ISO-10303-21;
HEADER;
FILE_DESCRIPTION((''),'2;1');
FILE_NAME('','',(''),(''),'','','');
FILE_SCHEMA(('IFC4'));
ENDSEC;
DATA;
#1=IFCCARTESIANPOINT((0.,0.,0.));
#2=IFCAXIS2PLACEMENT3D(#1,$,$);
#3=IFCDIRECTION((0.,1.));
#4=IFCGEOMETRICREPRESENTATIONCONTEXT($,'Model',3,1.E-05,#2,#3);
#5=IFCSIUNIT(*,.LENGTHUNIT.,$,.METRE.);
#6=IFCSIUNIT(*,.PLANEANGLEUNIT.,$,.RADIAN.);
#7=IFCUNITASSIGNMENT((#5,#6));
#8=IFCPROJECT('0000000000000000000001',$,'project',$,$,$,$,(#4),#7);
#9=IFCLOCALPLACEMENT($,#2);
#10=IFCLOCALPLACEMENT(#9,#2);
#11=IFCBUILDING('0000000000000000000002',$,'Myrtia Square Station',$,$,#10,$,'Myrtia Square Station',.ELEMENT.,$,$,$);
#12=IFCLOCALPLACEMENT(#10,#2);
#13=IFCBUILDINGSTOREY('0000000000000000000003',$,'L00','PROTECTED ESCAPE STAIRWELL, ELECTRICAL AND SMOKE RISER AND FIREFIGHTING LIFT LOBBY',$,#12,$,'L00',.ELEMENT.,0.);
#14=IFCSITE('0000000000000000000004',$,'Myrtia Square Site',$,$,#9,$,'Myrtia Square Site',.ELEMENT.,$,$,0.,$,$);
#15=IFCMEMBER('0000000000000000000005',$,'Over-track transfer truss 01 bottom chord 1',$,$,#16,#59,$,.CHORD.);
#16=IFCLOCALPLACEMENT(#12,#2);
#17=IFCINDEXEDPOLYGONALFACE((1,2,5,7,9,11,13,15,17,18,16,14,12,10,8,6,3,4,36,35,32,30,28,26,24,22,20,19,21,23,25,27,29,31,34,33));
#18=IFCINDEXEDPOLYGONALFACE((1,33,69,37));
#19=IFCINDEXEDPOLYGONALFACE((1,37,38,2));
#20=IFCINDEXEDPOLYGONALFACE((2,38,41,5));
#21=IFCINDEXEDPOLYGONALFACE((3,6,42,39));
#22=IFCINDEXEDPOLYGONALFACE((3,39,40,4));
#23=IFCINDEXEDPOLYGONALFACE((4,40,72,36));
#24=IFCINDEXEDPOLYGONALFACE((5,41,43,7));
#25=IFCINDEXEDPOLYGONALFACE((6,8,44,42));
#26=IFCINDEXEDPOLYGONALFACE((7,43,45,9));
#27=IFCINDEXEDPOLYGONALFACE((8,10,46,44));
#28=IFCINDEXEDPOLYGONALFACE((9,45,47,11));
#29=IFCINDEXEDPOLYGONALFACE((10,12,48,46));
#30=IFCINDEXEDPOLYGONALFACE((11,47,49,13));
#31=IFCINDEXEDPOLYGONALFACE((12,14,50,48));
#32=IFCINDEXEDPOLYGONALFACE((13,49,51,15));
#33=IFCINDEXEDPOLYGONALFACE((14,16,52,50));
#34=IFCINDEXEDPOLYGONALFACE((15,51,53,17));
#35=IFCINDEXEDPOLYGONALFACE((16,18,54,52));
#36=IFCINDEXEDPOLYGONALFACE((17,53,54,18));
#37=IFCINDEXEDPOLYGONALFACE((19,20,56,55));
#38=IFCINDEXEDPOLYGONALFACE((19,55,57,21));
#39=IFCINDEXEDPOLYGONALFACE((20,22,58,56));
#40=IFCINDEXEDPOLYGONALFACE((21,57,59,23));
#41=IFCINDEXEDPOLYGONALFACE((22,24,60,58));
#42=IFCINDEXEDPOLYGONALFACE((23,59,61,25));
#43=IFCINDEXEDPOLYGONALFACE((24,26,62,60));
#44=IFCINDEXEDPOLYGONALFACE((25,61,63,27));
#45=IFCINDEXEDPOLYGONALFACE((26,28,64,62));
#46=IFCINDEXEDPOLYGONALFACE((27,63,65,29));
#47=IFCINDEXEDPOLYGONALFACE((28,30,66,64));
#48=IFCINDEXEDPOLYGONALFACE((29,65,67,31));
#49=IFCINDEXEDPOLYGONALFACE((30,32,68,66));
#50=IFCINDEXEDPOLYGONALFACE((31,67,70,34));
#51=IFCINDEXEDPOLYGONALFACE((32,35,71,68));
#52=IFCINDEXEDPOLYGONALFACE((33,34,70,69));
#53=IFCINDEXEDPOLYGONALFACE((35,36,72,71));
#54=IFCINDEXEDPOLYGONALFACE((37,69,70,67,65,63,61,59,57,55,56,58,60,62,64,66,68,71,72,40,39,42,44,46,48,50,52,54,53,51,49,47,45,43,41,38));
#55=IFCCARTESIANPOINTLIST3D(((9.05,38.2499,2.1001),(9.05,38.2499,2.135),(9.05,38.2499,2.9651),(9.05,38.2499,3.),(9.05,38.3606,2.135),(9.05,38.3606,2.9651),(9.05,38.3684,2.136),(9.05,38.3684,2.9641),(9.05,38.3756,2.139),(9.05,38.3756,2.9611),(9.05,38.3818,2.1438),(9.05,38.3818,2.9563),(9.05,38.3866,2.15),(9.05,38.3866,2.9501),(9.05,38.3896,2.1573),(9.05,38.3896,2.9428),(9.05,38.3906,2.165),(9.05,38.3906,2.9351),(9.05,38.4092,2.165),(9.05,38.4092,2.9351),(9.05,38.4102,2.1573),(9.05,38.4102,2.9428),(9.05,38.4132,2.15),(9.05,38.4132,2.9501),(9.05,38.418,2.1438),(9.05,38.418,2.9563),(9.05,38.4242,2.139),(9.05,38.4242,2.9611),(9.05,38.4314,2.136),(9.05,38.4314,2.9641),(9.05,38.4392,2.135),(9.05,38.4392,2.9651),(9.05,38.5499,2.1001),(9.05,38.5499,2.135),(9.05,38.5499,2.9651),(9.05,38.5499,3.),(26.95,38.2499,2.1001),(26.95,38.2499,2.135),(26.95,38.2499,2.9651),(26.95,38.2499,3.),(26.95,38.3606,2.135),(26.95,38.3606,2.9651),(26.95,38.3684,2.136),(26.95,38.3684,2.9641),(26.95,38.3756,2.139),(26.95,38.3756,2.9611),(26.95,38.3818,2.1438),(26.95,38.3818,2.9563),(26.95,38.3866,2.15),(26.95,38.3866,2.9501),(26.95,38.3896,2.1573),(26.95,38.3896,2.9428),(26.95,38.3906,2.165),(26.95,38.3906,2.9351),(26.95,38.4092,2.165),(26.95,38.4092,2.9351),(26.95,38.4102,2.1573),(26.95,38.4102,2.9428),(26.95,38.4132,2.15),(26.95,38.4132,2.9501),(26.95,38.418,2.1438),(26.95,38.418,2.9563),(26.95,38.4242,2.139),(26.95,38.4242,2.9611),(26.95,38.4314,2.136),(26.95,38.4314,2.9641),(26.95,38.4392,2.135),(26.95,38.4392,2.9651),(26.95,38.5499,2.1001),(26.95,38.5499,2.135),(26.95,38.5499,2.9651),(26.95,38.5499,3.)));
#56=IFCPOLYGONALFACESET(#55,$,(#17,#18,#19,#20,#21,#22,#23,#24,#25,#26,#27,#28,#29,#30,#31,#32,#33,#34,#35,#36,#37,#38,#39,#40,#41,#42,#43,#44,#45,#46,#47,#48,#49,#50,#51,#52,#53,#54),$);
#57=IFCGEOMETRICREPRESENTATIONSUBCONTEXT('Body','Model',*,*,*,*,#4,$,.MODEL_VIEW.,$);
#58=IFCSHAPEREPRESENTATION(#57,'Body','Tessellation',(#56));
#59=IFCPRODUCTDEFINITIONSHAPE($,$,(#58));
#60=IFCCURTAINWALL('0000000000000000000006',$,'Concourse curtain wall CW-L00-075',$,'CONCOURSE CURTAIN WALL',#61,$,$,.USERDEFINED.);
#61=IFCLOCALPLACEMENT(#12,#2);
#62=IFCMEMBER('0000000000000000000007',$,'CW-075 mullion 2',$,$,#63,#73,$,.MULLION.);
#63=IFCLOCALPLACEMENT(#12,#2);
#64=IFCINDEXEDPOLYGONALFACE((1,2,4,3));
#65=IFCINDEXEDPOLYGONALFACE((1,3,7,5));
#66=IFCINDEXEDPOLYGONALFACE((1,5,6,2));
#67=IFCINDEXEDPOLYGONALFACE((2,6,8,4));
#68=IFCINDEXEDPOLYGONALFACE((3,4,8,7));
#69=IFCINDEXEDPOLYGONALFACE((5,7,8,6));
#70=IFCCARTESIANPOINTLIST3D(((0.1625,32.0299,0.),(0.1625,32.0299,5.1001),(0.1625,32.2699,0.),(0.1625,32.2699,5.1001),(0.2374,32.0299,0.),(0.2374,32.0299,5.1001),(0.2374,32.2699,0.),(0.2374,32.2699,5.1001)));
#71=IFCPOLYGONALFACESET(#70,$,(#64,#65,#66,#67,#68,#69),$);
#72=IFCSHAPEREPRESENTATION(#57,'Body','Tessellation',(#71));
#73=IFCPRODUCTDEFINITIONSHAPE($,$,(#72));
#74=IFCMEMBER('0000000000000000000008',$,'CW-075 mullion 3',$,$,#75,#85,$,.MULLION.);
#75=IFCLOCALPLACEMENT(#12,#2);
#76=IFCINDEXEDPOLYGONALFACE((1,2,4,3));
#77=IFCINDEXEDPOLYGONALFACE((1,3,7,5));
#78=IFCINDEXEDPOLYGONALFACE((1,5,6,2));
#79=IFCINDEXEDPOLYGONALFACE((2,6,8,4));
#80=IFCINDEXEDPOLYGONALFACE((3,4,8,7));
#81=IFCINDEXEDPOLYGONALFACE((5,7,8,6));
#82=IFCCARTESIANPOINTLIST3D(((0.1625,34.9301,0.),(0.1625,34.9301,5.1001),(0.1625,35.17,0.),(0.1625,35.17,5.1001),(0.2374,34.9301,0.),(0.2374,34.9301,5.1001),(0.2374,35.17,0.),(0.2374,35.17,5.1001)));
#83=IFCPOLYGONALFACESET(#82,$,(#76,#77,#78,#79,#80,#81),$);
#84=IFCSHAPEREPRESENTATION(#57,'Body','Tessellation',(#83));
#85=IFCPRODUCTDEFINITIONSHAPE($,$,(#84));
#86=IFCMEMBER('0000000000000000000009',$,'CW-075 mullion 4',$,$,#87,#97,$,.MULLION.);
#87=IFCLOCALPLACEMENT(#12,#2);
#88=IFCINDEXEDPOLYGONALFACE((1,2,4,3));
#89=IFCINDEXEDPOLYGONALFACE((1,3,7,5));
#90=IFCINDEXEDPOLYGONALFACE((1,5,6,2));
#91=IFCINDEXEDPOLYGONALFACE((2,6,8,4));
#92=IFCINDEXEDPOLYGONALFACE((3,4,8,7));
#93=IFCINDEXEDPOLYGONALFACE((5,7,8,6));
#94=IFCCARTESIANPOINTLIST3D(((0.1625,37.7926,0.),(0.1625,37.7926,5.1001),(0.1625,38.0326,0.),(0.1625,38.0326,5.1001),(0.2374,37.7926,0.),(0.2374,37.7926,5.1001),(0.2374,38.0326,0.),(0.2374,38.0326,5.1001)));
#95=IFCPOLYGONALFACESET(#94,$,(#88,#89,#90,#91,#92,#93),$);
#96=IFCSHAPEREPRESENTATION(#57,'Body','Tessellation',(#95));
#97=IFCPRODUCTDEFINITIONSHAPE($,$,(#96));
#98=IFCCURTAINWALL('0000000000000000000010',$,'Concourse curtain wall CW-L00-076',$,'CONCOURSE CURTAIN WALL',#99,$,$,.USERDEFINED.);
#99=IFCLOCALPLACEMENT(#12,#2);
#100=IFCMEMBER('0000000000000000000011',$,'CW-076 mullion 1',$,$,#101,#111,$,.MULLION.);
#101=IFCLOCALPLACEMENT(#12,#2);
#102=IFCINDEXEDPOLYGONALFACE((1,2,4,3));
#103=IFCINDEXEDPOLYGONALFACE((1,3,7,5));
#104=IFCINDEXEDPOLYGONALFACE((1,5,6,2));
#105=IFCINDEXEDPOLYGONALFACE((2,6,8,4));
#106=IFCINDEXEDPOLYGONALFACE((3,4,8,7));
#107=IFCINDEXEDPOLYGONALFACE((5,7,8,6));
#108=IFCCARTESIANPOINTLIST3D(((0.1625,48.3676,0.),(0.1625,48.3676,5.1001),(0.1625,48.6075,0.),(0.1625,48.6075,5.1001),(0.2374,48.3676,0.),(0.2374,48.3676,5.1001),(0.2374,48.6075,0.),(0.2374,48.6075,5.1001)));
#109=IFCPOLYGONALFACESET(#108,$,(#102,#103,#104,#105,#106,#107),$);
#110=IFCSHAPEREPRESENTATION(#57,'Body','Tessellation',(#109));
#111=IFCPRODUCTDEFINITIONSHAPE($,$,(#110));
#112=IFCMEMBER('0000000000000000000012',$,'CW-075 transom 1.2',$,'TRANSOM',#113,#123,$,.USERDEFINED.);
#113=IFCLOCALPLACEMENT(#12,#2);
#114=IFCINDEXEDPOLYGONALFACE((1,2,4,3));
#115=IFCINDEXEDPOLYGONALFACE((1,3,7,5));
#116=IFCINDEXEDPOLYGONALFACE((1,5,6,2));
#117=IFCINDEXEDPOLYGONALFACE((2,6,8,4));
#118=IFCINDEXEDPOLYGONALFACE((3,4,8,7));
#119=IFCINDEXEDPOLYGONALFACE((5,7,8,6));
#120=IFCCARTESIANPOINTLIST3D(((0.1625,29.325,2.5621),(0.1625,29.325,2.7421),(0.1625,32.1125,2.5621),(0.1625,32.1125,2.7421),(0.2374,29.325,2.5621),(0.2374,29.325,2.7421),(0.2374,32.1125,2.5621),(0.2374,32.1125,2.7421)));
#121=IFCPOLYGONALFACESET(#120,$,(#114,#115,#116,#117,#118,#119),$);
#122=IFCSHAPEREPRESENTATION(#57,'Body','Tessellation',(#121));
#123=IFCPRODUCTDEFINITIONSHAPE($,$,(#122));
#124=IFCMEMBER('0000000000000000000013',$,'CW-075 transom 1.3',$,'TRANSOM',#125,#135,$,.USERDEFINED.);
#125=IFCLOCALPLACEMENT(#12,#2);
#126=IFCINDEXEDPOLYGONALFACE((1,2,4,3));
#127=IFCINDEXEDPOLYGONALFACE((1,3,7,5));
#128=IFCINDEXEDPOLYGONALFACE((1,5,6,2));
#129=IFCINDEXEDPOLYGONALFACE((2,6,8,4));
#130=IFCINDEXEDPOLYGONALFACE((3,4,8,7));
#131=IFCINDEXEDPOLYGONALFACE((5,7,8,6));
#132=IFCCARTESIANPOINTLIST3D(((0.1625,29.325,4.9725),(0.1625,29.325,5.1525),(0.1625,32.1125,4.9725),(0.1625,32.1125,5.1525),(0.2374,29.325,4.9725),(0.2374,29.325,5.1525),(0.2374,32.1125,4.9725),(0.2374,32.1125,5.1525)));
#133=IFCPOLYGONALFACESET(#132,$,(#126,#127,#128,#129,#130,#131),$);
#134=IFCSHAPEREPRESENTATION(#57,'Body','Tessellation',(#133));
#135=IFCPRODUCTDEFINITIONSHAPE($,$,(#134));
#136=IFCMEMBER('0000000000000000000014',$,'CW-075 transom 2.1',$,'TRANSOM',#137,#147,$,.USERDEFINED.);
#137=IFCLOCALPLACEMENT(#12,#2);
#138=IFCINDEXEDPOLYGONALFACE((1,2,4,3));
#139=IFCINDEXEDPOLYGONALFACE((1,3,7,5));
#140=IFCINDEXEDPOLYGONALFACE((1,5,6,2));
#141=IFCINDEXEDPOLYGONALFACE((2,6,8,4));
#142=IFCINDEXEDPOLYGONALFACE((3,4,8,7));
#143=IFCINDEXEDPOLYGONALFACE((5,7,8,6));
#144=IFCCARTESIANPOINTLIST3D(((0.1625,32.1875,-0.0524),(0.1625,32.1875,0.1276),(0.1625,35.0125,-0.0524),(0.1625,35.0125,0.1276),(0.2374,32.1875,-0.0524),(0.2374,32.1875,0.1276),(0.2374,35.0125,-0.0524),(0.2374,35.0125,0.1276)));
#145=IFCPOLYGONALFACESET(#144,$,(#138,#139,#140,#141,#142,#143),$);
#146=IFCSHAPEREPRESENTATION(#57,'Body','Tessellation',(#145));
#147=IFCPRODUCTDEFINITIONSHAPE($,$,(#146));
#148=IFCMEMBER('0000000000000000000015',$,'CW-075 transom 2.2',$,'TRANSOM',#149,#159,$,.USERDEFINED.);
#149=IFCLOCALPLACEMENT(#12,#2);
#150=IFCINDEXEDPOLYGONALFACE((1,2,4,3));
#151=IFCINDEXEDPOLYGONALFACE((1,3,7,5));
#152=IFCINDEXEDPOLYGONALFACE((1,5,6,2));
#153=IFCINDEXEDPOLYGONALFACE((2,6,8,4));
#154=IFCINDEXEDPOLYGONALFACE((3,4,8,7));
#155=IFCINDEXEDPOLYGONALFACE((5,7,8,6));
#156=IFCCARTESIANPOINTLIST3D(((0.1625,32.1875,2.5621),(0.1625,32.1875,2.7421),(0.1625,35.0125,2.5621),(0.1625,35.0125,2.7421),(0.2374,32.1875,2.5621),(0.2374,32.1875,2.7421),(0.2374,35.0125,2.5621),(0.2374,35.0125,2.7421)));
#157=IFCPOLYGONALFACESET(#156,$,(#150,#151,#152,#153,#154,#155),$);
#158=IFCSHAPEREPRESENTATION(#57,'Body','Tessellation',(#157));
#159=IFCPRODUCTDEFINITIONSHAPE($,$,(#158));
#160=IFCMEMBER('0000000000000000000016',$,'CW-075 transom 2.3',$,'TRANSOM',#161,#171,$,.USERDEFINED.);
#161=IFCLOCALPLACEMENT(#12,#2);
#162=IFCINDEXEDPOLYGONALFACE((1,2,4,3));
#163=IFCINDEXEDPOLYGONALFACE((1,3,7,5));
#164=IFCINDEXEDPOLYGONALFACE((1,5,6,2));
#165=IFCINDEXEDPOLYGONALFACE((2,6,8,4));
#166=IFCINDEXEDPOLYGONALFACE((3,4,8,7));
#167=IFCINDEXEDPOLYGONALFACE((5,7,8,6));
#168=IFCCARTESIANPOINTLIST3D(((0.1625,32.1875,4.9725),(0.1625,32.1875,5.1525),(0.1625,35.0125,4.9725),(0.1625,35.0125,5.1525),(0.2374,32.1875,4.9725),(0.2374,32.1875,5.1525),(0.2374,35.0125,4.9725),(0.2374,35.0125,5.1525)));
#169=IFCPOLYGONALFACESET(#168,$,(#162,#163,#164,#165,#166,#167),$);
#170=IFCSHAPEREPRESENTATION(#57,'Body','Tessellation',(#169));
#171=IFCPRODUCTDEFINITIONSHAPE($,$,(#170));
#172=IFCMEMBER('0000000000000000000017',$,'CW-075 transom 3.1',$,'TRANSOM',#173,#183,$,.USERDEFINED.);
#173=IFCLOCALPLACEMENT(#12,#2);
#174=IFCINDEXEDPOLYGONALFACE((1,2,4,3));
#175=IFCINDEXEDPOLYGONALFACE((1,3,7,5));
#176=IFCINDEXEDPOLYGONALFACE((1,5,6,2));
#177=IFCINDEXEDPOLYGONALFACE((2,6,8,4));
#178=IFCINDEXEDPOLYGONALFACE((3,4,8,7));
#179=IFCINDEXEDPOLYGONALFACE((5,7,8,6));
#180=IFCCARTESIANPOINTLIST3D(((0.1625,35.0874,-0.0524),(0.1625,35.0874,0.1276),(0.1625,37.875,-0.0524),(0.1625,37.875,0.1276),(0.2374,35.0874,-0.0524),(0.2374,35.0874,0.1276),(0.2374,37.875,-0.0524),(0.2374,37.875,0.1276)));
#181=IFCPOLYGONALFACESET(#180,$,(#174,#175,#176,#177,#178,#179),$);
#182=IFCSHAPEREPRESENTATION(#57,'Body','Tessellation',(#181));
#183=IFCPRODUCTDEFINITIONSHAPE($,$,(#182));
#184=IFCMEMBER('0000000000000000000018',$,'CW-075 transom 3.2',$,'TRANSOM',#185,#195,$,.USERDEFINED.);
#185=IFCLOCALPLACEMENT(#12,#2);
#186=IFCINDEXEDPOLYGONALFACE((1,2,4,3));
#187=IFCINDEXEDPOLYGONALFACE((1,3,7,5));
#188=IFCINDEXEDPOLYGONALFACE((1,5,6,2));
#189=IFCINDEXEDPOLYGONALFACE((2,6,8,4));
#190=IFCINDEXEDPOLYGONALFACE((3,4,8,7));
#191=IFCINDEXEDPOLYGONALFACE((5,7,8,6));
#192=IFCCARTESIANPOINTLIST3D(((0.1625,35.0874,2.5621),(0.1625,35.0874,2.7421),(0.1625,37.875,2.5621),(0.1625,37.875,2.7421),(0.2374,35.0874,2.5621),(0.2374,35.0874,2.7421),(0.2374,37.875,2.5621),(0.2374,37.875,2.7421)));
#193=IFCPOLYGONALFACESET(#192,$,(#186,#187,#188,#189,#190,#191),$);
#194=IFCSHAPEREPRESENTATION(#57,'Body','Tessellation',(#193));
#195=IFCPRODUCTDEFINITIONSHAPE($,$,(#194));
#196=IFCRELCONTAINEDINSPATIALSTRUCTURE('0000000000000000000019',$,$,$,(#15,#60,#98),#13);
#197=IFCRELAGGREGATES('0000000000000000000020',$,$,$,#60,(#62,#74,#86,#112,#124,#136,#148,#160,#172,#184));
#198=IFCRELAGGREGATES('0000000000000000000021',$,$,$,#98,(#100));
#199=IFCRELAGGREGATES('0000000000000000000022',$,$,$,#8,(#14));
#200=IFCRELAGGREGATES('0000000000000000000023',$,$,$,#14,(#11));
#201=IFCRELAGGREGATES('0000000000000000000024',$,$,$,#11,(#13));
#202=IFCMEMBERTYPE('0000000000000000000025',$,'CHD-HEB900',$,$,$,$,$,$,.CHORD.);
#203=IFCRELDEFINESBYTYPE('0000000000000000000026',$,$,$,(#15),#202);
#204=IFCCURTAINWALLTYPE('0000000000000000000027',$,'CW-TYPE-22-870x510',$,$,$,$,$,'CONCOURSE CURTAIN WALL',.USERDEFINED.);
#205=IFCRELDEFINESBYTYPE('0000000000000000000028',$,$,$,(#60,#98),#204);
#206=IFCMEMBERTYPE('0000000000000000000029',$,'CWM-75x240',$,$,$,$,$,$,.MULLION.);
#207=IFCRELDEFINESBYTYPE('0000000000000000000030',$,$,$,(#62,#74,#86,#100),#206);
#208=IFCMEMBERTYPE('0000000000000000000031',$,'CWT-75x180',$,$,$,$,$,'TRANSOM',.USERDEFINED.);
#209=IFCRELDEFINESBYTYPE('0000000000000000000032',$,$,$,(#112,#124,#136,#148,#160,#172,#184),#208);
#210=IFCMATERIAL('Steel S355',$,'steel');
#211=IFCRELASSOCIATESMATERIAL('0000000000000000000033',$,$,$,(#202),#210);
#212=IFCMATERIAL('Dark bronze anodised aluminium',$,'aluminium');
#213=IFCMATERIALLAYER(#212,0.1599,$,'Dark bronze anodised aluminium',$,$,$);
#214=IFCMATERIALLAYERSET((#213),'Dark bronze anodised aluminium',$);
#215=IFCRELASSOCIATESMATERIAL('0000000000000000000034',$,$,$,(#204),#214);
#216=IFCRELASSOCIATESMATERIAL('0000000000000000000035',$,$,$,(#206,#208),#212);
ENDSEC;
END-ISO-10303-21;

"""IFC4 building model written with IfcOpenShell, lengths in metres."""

from ifc_helpers import new_model, si_unit, direction, frame, origin, origin_2d, place, context, subcontext, project, spatial, rectangle, i_section, extrude, material, layer, layer_set, material_profile, profile_set, type_object, element, aggregate, save


model = new_model("IFC4")

# Units and contexts
model_context = context("Model", 3, precision=1e-05, world=origin(), true_north=direction((0.0, 1.0)))
body_context = subcontext(model_context, "Body", "Model", "MODEL_VIEW")
ifc_project = project(units=[si_unit("LENGTHUNIT", "METRE"), si_unit("PLANEANGLEUNIT", "RADIAN")], contexts=[model_context])

# Site, building, storey
site_placement = place(None, origin())
site = spatial("IfcSite", under=ifc_project, at=site_placement, Name="Myrtia Square Site", LongName="Myrtia Square Site", CompositionType="ELEMENT", RefElevation=0.0)
building_placement = place(site_placement, origin())
building = spatial("IfcBuilding", under=site, at=building_placement, Name="Myrtia Square Station", LongName="Myrtia Square Station", CompositionType="ELEMENT")
storey_placement = place(building_placement, origin())
storey = spatial("IfcBuildingStorey", under=building, at=storey_placement, Name="L00", Description="PROTECTED ESCAPE STAIRWELL, ELECTRICAL AND SMOKE RISER AND FIREFIGHTING LIFT LOBBY", LongName="L00", CompositionType="ELEMENT", Elevation=0.0)

# Shared definitions
ifc_material_1 = material(Name="Steel S355", Category="steel")

# Member
ifc_material_profile_1 = material_profile(ifc_material_1, i_section(OverallWidth=0.3, OverallDepth=0.8999, WebThickness=0.0186, FlangeThickness=0.0349, FilletRadius=0.03, at=origin_2d()), Name="HEB 900")
ifc_profile_set_1 = profile_set([ifc_material_profile_1], Name="Steel S355")
member_type_1 = type_object("IfcMemberType", Name="CHD-HEB900", PredefinedType="CHORD", material=ifc_profile_set_1)
member_1_placement = place(storey_placement, frame((9.05, 38.3999, 2.55), z_axis=(1.0, 0.0, 0.0), x_axis=(0.0, 1.0, 0.0)))
element("IfcMember", 1, at=member_1_placement, inside=storey, type_object=member_type_1, Name="Over-track transfer truss 01 bottom chord 1", PredefinedType="CHORD", context=body_context, shape_type="SweptSolid", body=[
    extrude(i_section(OverallWidth=0.3, OverallDepth=0.8999, WebThickness=0.0186, FlangeThickness=0.0349, FilletRadius=0.03, at=origin_2d()), origin(), (0.0, 0.0, 1.0), 17.8999),
])

# Curtain wall, members
ifc_material_2 = material(Name="Dark bronze anodised aluminium", Category="aluminium")
ifc_layer_1 = layer(ifc_material_2, 0.1599, Name="Dark bronze anodised aluminium")
ifc_layer_set_1 = layer_set([ifc_layer_1], Name="Dark bronze anodised aluminium")
curtain_wall_type = type_object("IfcCurtainWallType", Name="CW-TYPE-22-870x510", ElementType="CONCOURSE CURTAIN WALL", PredefinedType="USERDEFINED", material=ifc_layer_set_1)
curtain_wall_1_placement = place(storey_placement, origin())
curtain_wall_1 = element("IfcCurtainWall", 2, at=curtain_wall_1_placement, inside=storey, type_object=curtain_wall_type, Name="Concourse curtain wall CW-L00-075", ObjectType="CONCOURSE CURTAIN WALL", PredefinedType="USERDEFINED")
ifc_material_profile_2 = material_profile(ifc_material_2, rectangle(XDim=0.075, YDim=0.24, at=origin_2d()), Name="ALU-M 75x240")
ifc_profile_set_2 = profile_set([ifc_material_profile_2], Name="Dark bronze anodised aluminium")
member_type_2 = type_object("IfcMemberType", Name="CWM-75x240", PredefinedType="MULLION", material=ifc_profile_set_2)
member_2_placement = place(storey_placement, frame((0.2, 32.1499, 0.0), z_axis=(0.0, 0.0, 1.0), x_axis=(-1.0, 0.0, 0.0)))
member_2 = element("IfcMember", 3, at=member_2_placement, type_object=member_type_2, Name="CW-075 mullion 2", PredefinedType="MULLION", context=body_context, shape_type="SweptSolid", body=[
    extrude(rectangle(XDim=0.075, YDim=0.24, at=origin_2d()), origin(), (0.0, 0.0, 1.0), 5.1001),
])
member_3_placement = place(storey_placement, frame((0.2, 35.05, 0.0), z_axis=(0.0, 0.0, 1.0), x_axis=(-1.0, 0.0, 0.0)))
member_3 = element("IfcMember", 4, at=member_3_placement, type_object=member_type_2, Name="CW-075 mullion 3", PredefinedType="MULLION", context=body_context, shape_type="SweptSolid", body=[
    extrude(rectangle(XDim=0.075, YDim=0.24, at=origin_2d()), origin(), (0.0, 0.0, 1.0), 5.1001),
])
member_4_placement = place(storey_placement, frame((0.2, 37.9126, 0.0), z_axis=(0.0, 0.0, 1.0), x_axis=(-1.0, 0.0, 0.0)))
member_4 = element("IfcMember", 5, at=member_4_placement, type_object=member_type_2, Name="CW-075 mullion 4", PredefinedType="MULLION", context=body_context, shape_type="SweptSolid", body=[
    extrude(rectangle(XDim=0.075, YDim=0.24, at=origin_2d()), origin(), (0.0, 0.0, 1.0), 5.1001),
])

# Curtain wall, member
curtain_wall_2_placement = place(storey_placement, origin())
curtain_wall_2 = element("IfcCurtainWall", 6, at=curtain_wall_2_placement, inside=storey, type_object=curtain_wall_type, Name="Concourse curtain wall CW-L00-076", ObjectType="CONCOURSE CURTAIN WALL", PredefinedType="USERDEFINED")
member_5_placement = place(storey_placement, frame((0.2, 48.4875, 0.0), z_axis=(0.0, 0.0, 1.0), x_axis=(-1.0, 0.0, 0.0)))
member_5 = element("IfcMember", 7, at=member_5_placement, type_object=member_type_2, Name="CW-076 mullion 1", PredefinedType="MULLION", context=body_context, shape_type="SweptSolid", body=[
    extrude(rectangle(XDim=0.075, YDim=0.24, at=origin_2d()), origin(), (0.0, 0.0, 1.0), 5.1001),
])

# Members
ifc_material_profile_3 = material_profile(ifc_material_2, rectangle(XDim=0.075, YDim=0.1799, at=origin_2d()), Name="ALU-T 75x180")
ifc_profile_set_3 = profile_set([ifc_material_profile_3], Name="Dark bronze anodised aluminium")
member_type_3 = type_object("IfcMemberType", Name="CWT-75x180", ElementType="TRANSOM", PredefinedType="USERDEFINED", material=ifc_profile_set_3)
member_6_placement = place(storey_placement, frame((0.2, 29.325, 2.6521), z_axis=(0.0, 1.0, 0.0), x_axis=(-1.0, 0.0, 0.0)))
member_6 = element("IfcMember", 8, at=member_6_placement, type_object=member_type_3, Name="CW-075 transom 1.2", ObjectType="TRANSOM", PredefinedType="USERDEFINED", context=body_context, shape_type="SweptSolid", body=[
    extrude(rectangle(XDim=0.075, YDim=0.1799, at=origin_2d()), origin(), (0.0, 0.0, 1.0), 2.7876),
])
member_7_placement = place(storey_placement, frame((0.2, 29.325, 5.0625), z_axis=(0.0, 1.0, 0.0), x_axis=(-1.0, 0.0, 0.0)))
member_7 = element("IfcMember", 9, at=member_7_placement, type_object=member_type_3, Name="CW-075 transom 1.3", ObjectType="TRANSOM", PredefinedType="USERDEFINED", context=body_context, shape_type="SweptSolid", body=[
    extrude(rectangle(XDim=0.075, YDim=0.1799, at=origin_2d()), origin(), (0.0, 0.0, 1.0), 2.7876),
])
member_8_placement = place(storey_placement, frame((0.2, 32.1875, 0.0376), z_axis=(0.0, 1.0, 0.0), x_axis=(-1.0, 0.0, 0.0)))
member_8 = element("IfcMember", 10, at=member_8_placement, type_object=member_type_3, Name="CW-075 transom 2.1", ObjectType="TRANSOM", PredefinedType="USERDEFINED", context=body_context, shape_type="SweptSolid", body=[
    extrude(rectangle(XDim=0.075, YDim=0.1799, at=origin_2d()), origin(), (0.0, 0.0, 1.0), 2.825),
])
member_9_placement = place(storey_placement, frame((0.2, 32.1875, 2.6521), z_axis=(0.0, 1.0, 0.0), x_axis=(-1.0, 0.0, 0.0)))
member_9 = element("IfcMember", 11, at=member_9_placement, type_object=member_type_3, Name="CW-075 transom 2.2", ObjectType="TRANSOM", PredefinedType="USERDEFINED", context=body_context, shape_type="SweptSolid", body=[
    extrude(rectangle(XDim=0.075, YDim=0.1799, at=origin_2d()), origin(), (0.0, 0.0, 1.0), 2.825),
])
member_10_placement = place(storey_placement, frame((0.2, 32.1875, 5.0625), z_axis=(0.0, 1.0, 0.0), x_axis=(-1.0, 0.0, 0.0)))
member_10 = element("IfcMember", 12, at=member_10_placement, type_object=member_type_3, Name="CW-075 transom 2.3", ObjectType="TRANSOM", PredefinedType="USERDEFINED", context=body_context, shape_type="SweptSolid", body=[
    extrude(rectangle(XDim=0.075, YDim=0.1799, at=origin_2d()), origin(), (0.0, 0.0, 1.0), 2.825),
])
member_11_placement = place(storey_placement, frame((0.2, 35.0874, 0.0376), z_axis=(0.0, 1.0, 0.0), x_axis=(-1.0, 0.0, 0.0)))
member_11 = element("IfcMember", 13, at=member_11_placement, type_object=member_type_3, Name="CW-075 transom 3.1", ObjectType="TRANSOM", PredefinedType="USERDEFINED", context=body_context, shape_type="SweptSolid", body=[
    extrude(rectangle(XDim=0.075, YDim=0.1799, at=origin_2d()), origin(), (0.0, 0.0, 1.0), 2.7876),
])
member_12_placement = place(storey_placement, frame((0.2, 35.0874, 2.6521), z_axis=(0.0, 1.0, 0.0), x_axis=(-1.0, 0.0, 0.0)))
member_12 = element("IfcMember", 14, at=member_12_placement, type_object=member_type_3, Name="CW-075 transom 3.2", ObjectType="TRANSOM", PredefinedType="USERDEFINED", context=body_context, shape_type="SweptSolid", body=[
    extrude(rectangle(XDim=0.075, YDim=0.1799, at=origin_2d()), origin(), (0.0, 0.0, 1.0), 2.7876),
])

aggregate(curtain_wall_1, [member_2, member_3, member_4, member_6, member_7, member_8, member_9, member_10, member_11, member_12])
aggregate(curtain_wall_2, [member_5])

save(model, "model.ifc")
